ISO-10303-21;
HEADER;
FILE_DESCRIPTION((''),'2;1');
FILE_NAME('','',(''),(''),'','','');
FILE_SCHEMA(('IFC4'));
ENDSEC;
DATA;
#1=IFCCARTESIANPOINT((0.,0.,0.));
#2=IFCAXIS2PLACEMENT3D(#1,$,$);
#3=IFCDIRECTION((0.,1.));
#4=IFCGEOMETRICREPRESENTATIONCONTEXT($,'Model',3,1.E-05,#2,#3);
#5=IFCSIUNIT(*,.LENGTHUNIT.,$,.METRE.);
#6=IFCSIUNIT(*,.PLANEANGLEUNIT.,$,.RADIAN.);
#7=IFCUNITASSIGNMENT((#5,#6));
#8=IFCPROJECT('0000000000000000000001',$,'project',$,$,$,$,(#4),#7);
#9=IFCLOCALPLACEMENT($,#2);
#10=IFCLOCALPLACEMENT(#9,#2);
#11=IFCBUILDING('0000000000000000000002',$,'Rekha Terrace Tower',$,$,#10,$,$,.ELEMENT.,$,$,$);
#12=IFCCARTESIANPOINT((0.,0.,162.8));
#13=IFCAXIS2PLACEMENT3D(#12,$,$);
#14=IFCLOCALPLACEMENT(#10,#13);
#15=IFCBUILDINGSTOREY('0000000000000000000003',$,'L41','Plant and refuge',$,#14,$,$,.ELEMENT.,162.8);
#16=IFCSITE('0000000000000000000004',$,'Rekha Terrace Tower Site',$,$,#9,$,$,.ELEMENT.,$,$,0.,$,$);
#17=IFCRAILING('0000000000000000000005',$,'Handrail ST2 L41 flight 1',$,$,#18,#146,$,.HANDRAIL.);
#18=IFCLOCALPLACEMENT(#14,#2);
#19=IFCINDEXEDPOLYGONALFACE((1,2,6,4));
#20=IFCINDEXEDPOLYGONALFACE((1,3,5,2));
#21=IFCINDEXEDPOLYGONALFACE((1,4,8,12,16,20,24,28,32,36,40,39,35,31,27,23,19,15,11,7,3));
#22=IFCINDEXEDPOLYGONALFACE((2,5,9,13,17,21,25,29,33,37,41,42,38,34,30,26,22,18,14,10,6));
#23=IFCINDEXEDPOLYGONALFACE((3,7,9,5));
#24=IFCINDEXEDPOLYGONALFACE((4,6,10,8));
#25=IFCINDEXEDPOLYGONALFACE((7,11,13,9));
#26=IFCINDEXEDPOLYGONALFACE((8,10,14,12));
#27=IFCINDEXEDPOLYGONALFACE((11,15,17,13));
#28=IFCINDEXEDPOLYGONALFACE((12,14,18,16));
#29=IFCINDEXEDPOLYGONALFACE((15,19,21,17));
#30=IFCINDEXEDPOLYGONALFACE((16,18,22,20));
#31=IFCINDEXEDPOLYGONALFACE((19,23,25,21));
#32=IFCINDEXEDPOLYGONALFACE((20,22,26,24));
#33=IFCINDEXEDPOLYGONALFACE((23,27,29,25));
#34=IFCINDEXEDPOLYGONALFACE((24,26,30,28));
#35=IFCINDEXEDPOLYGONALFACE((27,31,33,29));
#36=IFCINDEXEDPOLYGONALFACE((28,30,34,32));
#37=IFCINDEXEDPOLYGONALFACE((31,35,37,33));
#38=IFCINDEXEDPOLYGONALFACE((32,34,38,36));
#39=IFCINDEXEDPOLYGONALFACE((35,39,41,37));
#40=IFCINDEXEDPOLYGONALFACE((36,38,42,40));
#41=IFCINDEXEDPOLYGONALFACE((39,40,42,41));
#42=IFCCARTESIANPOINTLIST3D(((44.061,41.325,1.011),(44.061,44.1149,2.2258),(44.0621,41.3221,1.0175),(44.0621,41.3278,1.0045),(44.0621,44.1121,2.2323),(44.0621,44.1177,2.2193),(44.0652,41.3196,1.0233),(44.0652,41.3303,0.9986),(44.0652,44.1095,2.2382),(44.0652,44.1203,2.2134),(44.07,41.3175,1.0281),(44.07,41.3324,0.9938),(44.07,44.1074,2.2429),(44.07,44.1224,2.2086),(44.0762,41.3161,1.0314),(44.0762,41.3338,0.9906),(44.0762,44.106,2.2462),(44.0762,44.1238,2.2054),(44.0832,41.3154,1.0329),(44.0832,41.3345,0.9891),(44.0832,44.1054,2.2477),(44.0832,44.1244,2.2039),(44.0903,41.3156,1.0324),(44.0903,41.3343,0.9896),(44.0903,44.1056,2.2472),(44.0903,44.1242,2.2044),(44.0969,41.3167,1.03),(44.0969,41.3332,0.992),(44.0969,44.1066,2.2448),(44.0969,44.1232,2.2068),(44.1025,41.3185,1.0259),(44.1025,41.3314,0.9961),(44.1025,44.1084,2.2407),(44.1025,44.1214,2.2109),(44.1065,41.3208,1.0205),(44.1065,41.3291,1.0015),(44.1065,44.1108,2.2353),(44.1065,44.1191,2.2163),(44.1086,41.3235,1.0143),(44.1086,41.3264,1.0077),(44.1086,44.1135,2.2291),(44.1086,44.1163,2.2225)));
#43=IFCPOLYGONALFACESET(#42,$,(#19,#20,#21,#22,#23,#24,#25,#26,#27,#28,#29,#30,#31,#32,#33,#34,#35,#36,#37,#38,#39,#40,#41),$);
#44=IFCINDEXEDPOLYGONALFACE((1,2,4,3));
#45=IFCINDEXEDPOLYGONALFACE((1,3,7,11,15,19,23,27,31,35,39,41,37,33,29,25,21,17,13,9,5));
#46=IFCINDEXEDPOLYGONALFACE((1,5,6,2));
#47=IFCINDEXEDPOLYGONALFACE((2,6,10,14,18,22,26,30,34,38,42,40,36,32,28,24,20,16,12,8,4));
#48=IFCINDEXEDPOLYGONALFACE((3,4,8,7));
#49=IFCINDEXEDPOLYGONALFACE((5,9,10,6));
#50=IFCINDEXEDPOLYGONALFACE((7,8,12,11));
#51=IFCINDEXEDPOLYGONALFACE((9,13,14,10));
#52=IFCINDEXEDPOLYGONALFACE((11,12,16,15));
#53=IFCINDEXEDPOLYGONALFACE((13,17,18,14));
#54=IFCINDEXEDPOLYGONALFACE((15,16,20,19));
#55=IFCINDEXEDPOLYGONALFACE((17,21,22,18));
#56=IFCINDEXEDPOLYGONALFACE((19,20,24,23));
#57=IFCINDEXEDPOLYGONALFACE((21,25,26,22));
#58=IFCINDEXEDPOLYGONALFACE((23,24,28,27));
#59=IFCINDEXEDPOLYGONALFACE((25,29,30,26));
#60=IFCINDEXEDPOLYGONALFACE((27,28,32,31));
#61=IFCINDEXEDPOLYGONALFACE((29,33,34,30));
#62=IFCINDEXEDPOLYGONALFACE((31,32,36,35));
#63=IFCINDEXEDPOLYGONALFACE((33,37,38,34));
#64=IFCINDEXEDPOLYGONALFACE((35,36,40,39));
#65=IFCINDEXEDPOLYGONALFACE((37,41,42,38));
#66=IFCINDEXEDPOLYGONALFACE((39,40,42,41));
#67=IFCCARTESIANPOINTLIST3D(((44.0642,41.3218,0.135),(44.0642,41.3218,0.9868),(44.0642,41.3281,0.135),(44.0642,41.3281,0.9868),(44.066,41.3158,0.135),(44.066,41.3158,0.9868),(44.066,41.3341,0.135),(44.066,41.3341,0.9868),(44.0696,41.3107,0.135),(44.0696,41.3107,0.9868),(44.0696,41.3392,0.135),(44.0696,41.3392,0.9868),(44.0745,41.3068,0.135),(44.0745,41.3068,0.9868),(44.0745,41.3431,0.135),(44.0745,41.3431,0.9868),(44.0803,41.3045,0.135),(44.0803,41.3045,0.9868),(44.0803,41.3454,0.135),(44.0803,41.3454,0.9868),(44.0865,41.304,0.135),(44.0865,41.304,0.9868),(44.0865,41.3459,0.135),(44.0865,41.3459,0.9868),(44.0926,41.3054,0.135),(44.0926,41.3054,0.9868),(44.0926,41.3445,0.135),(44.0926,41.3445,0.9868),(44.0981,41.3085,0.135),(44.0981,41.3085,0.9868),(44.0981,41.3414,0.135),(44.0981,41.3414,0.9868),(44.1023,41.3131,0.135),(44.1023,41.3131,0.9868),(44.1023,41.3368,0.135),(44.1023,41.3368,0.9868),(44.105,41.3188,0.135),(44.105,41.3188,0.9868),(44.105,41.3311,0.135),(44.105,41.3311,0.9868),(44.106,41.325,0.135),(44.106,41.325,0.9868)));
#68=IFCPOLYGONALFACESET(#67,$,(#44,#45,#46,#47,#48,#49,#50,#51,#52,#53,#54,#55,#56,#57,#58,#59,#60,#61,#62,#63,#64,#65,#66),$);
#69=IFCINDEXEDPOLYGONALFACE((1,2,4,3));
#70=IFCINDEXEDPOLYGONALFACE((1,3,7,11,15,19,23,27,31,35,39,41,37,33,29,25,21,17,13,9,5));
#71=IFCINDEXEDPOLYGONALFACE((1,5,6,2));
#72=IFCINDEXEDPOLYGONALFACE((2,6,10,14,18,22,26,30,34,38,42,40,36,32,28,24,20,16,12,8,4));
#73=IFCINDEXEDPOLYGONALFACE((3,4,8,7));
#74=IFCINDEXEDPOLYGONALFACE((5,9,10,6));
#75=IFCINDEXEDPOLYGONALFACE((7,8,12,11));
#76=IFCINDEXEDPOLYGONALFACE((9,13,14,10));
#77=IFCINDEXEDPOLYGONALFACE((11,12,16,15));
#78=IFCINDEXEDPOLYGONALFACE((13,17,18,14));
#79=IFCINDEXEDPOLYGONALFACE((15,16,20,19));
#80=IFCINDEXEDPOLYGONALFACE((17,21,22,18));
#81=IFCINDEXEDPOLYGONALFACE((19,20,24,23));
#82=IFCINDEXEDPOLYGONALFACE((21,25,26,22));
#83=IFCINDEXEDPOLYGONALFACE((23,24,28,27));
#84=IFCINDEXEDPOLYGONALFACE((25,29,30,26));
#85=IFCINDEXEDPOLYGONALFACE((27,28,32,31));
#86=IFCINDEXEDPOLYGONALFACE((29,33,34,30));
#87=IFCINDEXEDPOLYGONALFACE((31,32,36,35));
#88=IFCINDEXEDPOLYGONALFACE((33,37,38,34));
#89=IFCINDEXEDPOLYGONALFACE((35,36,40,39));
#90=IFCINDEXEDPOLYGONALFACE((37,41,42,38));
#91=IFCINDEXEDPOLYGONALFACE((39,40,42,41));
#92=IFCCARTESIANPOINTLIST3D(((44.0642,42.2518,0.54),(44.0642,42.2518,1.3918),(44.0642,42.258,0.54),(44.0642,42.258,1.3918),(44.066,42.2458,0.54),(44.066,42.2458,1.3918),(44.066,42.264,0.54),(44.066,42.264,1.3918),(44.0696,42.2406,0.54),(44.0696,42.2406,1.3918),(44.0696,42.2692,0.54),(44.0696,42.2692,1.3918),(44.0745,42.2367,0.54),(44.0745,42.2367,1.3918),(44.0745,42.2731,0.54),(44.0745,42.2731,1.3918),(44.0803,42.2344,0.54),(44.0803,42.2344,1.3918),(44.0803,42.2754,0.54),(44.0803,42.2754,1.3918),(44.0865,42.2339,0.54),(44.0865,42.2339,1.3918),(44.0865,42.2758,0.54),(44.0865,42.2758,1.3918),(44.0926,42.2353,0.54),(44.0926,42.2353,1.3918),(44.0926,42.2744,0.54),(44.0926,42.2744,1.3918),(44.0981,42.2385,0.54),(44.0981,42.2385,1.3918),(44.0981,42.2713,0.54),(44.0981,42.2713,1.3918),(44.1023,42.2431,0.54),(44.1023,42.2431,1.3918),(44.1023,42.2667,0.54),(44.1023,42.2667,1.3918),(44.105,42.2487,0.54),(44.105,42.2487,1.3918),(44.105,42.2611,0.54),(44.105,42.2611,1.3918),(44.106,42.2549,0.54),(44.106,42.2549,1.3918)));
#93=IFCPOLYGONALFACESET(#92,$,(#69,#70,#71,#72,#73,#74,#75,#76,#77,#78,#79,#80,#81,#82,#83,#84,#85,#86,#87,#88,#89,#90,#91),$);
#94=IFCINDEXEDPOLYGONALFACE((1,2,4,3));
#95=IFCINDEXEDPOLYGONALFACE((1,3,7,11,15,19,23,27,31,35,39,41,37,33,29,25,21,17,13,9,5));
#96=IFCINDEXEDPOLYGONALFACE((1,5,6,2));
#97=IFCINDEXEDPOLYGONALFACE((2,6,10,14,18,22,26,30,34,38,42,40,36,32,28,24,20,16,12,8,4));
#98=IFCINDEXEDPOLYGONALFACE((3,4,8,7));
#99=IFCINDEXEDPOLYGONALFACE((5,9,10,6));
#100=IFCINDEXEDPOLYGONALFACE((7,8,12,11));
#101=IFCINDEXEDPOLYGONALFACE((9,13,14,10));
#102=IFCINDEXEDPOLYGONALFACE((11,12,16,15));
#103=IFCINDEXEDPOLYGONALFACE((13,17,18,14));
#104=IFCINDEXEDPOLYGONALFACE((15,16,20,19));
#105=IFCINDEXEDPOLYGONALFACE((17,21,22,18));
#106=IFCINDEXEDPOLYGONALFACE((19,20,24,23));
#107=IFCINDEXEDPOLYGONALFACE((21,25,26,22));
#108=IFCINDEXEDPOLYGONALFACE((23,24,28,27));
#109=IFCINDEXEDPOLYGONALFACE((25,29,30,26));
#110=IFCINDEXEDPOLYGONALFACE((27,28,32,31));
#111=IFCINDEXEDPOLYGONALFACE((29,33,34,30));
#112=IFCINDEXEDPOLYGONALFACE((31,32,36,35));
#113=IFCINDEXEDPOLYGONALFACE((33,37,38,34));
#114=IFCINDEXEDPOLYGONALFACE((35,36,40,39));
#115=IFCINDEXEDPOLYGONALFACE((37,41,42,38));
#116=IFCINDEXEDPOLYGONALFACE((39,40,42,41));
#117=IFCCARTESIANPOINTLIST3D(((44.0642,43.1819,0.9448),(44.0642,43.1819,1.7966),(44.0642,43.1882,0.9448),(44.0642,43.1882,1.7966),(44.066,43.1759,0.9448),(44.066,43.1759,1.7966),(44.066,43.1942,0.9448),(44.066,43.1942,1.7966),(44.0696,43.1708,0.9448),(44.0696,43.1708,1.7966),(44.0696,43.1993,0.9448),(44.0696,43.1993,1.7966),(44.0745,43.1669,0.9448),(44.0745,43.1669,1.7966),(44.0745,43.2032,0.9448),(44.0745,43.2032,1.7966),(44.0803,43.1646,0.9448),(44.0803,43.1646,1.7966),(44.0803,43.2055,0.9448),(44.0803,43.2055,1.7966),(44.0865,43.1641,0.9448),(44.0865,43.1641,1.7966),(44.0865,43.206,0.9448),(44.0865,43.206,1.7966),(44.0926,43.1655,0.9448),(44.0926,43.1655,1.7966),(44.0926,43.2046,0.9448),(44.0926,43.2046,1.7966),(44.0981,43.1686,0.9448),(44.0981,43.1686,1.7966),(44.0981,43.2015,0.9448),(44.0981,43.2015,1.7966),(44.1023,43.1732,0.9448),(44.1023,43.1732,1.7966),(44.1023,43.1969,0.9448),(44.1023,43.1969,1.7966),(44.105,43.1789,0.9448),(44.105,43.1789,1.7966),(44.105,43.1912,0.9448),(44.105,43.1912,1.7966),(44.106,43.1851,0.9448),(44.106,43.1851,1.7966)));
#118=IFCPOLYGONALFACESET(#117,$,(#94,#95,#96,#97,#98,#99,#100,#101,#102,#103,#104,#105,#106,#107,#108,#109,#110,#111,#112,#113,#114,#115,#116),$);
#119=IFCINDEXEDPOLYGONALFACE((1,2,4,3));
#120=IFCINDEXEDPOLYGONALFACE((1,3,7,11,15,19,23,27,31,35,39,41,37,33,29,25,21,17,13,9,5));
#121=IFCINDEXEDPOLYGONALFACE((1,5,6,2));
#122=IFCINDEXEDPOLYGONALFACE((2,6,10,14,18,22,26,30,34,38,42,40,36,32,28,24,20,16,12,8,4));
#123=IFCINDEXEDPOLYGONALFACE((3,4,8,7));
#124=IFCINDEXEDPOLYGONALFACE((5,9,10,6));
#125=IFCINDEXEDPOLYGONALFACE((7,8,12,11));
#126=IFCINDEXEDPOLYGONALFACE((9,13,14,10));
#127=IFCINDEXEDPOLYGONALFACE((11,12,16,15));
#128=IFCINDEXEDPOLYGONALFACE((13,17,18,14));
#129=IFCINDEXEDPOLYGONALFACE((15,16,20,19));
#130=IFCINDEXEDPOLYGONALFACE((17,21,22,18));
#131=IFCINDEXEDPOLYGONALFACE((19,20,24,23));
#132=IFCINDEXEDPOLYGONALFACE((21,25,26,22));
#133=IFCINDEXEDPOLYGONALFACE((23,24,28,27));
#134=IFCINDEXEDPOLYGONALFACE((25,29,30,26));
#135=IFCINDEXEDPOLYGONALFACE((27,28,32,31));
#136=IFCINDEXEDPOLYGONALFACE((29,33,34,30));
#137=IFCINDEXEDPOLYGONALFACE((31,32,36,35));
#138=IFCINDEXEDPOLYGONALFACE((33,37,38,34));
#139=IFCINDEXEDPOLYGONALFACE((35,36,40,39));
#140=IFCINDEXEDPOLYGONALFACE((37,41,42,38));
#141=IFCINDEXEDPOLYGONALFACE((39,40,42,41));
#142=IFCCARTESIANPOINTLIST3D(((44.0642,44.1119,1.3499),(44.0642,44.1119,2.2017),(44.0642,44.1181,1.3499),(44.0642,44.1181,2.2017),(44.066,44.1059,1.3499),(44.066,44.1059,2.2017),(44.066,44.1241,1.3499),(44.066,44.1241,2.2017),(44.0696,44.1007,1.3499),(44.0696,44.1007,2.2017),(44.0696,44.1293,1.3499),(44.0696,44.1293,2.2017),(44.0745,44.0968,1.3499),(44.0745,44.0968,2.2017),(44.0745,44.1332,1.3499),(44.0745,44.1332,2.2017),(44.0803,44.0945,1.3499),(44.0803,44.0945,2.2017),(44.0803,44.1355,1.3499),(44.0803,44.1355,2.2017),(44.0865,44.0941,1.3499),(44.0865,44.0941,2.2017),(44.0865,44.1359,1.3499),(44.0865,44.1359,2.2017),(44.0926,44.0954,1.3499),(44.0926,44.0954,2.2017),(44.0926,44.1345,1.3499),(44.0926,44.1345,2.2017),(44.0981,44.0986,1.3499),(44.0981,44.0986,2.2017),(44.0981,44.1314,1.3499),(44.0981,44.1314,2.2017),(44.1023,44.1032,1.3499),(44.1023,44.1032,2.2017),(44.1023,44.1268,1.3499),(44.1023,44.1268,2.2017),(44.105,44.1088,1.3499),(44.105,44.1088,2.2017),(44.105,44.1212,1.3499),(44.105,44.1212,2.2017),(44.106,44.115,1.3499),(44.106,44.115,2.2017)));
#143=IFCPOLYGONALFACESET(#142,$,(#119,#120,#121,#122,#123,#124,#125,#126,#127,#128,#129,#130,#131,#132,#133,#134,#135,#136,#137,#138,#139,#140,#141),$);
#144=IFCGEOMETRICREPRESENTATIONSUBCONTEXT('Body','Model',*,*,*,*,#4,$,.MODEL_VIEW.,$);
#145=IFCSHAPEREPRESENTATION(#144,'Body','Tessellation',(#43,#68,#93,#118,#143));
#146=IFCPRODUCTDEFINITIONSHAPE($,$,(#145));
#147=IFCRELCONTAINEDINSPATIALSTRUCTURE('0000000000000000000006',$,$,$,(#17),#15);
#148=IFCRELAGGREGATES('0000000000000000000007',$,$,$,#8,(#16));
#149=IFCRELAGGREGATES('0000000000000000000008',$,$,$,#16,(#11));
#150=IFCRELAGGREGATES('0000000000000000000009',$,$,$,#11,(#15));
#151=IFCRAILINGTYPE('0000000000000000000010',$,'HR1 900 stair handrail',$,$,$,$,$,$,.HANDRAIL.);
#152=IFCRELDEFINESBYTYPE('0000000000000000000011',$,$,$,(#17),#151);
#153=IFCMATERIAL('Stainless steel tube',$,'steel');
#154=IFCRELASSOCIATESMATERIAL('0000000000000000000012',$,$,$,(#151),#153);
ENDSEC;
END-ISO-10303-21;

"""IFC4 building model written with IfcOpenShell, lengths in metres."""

from ifc_helpers import new_model, si_unit, direction, frame, origin, origin_2d, place, context, subcontext, project, spatial, circle, extrude, material, type_object, element, save


model = new_model("IFC4")

# Units and contexts
model_context = context("Model", 3, precision=1e-05, world=origin(), true_north=direction((0.0, 1.0)))
body_context = subcontext(model_context, "Body", "Model", "MODEL_VIEW")
ifc_project = project(units=[si_unit("LENGTHUNIT", "METRE"), si_unit("PLANEANGLEUNIT", "RADIAN")], contexts=[model_context])

# Site, building, storey
site_placement = place(None, origin())
site = spatial("IfcSite", under=ifc_project, at=site_placement, Name="Rekha Terrace Tower Site", CompositionType="ELEMENT", RefElevation=0.0)
building_placement = place(site_placement, origin())
building = spatial("IfcBuilding", under=site, at=building_placement, Name="Rekha Terrace Tower", CompositionType="ELEMENT")
storey_placement = place(building_placement, frame((0.0, 0.0, 162.8)))
storey = spatial("IfcBuildingStorey", under=building, at=storey_placement, Name="L41", Description="Plant and refuge", CompositionType="ELEMENT", Elevation=162.8)

# Railing
ifc_material_1 = material(Name="Stainless steel tube", Category="steel")
railing_type_1 = type_object("IfcRailingType", Name="HR1 900 stair handrail", PredefinedType="HANDRAIL", material=ifc_material_1)
railing_1_placement = place(storey_placement, frame((44.085, 41.325, 0.135)))
element("IfcRailing", 1, at=railing_1_placement, inside=storey, type_object=railing_type_1, Name="Handrail ST2 L41 flight 1", PredefinedType="HANDRAIL", context=body_context, shape_type="SweptSolid", body=[
    extrude(circle(Radius=0.0239, at=origin_2d()), frame((0.0, 0.0, 0.876), z_axis=(0.0, 0.916856, 0.399219), x_axis=(-1.0, 0.0, 0.0)), (0.0, 0.0, 1.0), 3.043),
    extrude(circle(Radius=0.021, at=origin_2d()), origin(), (0.0, 0.0, 1.0), 0.8518),
    extrude(circle(Radius=0.021, at=origin_2d()), frame((0.0, 0.9299, 0.405)), (0.0, 0.0, 1.0), 0.8518),
    extrude(circle(Radius=0.021, at=origin_2d()), frame((0.0, 1.8601, 0.8098)), (0.0, 0.0, 1.0), 0.8518),
    extrude(circle(Radius=0.021, at=origin_2d()), frame((0.0, 2.79, 1.2148)), (0.0, 0.0, 1.0), 0.8518),
])

save(model, "model.ifc")
